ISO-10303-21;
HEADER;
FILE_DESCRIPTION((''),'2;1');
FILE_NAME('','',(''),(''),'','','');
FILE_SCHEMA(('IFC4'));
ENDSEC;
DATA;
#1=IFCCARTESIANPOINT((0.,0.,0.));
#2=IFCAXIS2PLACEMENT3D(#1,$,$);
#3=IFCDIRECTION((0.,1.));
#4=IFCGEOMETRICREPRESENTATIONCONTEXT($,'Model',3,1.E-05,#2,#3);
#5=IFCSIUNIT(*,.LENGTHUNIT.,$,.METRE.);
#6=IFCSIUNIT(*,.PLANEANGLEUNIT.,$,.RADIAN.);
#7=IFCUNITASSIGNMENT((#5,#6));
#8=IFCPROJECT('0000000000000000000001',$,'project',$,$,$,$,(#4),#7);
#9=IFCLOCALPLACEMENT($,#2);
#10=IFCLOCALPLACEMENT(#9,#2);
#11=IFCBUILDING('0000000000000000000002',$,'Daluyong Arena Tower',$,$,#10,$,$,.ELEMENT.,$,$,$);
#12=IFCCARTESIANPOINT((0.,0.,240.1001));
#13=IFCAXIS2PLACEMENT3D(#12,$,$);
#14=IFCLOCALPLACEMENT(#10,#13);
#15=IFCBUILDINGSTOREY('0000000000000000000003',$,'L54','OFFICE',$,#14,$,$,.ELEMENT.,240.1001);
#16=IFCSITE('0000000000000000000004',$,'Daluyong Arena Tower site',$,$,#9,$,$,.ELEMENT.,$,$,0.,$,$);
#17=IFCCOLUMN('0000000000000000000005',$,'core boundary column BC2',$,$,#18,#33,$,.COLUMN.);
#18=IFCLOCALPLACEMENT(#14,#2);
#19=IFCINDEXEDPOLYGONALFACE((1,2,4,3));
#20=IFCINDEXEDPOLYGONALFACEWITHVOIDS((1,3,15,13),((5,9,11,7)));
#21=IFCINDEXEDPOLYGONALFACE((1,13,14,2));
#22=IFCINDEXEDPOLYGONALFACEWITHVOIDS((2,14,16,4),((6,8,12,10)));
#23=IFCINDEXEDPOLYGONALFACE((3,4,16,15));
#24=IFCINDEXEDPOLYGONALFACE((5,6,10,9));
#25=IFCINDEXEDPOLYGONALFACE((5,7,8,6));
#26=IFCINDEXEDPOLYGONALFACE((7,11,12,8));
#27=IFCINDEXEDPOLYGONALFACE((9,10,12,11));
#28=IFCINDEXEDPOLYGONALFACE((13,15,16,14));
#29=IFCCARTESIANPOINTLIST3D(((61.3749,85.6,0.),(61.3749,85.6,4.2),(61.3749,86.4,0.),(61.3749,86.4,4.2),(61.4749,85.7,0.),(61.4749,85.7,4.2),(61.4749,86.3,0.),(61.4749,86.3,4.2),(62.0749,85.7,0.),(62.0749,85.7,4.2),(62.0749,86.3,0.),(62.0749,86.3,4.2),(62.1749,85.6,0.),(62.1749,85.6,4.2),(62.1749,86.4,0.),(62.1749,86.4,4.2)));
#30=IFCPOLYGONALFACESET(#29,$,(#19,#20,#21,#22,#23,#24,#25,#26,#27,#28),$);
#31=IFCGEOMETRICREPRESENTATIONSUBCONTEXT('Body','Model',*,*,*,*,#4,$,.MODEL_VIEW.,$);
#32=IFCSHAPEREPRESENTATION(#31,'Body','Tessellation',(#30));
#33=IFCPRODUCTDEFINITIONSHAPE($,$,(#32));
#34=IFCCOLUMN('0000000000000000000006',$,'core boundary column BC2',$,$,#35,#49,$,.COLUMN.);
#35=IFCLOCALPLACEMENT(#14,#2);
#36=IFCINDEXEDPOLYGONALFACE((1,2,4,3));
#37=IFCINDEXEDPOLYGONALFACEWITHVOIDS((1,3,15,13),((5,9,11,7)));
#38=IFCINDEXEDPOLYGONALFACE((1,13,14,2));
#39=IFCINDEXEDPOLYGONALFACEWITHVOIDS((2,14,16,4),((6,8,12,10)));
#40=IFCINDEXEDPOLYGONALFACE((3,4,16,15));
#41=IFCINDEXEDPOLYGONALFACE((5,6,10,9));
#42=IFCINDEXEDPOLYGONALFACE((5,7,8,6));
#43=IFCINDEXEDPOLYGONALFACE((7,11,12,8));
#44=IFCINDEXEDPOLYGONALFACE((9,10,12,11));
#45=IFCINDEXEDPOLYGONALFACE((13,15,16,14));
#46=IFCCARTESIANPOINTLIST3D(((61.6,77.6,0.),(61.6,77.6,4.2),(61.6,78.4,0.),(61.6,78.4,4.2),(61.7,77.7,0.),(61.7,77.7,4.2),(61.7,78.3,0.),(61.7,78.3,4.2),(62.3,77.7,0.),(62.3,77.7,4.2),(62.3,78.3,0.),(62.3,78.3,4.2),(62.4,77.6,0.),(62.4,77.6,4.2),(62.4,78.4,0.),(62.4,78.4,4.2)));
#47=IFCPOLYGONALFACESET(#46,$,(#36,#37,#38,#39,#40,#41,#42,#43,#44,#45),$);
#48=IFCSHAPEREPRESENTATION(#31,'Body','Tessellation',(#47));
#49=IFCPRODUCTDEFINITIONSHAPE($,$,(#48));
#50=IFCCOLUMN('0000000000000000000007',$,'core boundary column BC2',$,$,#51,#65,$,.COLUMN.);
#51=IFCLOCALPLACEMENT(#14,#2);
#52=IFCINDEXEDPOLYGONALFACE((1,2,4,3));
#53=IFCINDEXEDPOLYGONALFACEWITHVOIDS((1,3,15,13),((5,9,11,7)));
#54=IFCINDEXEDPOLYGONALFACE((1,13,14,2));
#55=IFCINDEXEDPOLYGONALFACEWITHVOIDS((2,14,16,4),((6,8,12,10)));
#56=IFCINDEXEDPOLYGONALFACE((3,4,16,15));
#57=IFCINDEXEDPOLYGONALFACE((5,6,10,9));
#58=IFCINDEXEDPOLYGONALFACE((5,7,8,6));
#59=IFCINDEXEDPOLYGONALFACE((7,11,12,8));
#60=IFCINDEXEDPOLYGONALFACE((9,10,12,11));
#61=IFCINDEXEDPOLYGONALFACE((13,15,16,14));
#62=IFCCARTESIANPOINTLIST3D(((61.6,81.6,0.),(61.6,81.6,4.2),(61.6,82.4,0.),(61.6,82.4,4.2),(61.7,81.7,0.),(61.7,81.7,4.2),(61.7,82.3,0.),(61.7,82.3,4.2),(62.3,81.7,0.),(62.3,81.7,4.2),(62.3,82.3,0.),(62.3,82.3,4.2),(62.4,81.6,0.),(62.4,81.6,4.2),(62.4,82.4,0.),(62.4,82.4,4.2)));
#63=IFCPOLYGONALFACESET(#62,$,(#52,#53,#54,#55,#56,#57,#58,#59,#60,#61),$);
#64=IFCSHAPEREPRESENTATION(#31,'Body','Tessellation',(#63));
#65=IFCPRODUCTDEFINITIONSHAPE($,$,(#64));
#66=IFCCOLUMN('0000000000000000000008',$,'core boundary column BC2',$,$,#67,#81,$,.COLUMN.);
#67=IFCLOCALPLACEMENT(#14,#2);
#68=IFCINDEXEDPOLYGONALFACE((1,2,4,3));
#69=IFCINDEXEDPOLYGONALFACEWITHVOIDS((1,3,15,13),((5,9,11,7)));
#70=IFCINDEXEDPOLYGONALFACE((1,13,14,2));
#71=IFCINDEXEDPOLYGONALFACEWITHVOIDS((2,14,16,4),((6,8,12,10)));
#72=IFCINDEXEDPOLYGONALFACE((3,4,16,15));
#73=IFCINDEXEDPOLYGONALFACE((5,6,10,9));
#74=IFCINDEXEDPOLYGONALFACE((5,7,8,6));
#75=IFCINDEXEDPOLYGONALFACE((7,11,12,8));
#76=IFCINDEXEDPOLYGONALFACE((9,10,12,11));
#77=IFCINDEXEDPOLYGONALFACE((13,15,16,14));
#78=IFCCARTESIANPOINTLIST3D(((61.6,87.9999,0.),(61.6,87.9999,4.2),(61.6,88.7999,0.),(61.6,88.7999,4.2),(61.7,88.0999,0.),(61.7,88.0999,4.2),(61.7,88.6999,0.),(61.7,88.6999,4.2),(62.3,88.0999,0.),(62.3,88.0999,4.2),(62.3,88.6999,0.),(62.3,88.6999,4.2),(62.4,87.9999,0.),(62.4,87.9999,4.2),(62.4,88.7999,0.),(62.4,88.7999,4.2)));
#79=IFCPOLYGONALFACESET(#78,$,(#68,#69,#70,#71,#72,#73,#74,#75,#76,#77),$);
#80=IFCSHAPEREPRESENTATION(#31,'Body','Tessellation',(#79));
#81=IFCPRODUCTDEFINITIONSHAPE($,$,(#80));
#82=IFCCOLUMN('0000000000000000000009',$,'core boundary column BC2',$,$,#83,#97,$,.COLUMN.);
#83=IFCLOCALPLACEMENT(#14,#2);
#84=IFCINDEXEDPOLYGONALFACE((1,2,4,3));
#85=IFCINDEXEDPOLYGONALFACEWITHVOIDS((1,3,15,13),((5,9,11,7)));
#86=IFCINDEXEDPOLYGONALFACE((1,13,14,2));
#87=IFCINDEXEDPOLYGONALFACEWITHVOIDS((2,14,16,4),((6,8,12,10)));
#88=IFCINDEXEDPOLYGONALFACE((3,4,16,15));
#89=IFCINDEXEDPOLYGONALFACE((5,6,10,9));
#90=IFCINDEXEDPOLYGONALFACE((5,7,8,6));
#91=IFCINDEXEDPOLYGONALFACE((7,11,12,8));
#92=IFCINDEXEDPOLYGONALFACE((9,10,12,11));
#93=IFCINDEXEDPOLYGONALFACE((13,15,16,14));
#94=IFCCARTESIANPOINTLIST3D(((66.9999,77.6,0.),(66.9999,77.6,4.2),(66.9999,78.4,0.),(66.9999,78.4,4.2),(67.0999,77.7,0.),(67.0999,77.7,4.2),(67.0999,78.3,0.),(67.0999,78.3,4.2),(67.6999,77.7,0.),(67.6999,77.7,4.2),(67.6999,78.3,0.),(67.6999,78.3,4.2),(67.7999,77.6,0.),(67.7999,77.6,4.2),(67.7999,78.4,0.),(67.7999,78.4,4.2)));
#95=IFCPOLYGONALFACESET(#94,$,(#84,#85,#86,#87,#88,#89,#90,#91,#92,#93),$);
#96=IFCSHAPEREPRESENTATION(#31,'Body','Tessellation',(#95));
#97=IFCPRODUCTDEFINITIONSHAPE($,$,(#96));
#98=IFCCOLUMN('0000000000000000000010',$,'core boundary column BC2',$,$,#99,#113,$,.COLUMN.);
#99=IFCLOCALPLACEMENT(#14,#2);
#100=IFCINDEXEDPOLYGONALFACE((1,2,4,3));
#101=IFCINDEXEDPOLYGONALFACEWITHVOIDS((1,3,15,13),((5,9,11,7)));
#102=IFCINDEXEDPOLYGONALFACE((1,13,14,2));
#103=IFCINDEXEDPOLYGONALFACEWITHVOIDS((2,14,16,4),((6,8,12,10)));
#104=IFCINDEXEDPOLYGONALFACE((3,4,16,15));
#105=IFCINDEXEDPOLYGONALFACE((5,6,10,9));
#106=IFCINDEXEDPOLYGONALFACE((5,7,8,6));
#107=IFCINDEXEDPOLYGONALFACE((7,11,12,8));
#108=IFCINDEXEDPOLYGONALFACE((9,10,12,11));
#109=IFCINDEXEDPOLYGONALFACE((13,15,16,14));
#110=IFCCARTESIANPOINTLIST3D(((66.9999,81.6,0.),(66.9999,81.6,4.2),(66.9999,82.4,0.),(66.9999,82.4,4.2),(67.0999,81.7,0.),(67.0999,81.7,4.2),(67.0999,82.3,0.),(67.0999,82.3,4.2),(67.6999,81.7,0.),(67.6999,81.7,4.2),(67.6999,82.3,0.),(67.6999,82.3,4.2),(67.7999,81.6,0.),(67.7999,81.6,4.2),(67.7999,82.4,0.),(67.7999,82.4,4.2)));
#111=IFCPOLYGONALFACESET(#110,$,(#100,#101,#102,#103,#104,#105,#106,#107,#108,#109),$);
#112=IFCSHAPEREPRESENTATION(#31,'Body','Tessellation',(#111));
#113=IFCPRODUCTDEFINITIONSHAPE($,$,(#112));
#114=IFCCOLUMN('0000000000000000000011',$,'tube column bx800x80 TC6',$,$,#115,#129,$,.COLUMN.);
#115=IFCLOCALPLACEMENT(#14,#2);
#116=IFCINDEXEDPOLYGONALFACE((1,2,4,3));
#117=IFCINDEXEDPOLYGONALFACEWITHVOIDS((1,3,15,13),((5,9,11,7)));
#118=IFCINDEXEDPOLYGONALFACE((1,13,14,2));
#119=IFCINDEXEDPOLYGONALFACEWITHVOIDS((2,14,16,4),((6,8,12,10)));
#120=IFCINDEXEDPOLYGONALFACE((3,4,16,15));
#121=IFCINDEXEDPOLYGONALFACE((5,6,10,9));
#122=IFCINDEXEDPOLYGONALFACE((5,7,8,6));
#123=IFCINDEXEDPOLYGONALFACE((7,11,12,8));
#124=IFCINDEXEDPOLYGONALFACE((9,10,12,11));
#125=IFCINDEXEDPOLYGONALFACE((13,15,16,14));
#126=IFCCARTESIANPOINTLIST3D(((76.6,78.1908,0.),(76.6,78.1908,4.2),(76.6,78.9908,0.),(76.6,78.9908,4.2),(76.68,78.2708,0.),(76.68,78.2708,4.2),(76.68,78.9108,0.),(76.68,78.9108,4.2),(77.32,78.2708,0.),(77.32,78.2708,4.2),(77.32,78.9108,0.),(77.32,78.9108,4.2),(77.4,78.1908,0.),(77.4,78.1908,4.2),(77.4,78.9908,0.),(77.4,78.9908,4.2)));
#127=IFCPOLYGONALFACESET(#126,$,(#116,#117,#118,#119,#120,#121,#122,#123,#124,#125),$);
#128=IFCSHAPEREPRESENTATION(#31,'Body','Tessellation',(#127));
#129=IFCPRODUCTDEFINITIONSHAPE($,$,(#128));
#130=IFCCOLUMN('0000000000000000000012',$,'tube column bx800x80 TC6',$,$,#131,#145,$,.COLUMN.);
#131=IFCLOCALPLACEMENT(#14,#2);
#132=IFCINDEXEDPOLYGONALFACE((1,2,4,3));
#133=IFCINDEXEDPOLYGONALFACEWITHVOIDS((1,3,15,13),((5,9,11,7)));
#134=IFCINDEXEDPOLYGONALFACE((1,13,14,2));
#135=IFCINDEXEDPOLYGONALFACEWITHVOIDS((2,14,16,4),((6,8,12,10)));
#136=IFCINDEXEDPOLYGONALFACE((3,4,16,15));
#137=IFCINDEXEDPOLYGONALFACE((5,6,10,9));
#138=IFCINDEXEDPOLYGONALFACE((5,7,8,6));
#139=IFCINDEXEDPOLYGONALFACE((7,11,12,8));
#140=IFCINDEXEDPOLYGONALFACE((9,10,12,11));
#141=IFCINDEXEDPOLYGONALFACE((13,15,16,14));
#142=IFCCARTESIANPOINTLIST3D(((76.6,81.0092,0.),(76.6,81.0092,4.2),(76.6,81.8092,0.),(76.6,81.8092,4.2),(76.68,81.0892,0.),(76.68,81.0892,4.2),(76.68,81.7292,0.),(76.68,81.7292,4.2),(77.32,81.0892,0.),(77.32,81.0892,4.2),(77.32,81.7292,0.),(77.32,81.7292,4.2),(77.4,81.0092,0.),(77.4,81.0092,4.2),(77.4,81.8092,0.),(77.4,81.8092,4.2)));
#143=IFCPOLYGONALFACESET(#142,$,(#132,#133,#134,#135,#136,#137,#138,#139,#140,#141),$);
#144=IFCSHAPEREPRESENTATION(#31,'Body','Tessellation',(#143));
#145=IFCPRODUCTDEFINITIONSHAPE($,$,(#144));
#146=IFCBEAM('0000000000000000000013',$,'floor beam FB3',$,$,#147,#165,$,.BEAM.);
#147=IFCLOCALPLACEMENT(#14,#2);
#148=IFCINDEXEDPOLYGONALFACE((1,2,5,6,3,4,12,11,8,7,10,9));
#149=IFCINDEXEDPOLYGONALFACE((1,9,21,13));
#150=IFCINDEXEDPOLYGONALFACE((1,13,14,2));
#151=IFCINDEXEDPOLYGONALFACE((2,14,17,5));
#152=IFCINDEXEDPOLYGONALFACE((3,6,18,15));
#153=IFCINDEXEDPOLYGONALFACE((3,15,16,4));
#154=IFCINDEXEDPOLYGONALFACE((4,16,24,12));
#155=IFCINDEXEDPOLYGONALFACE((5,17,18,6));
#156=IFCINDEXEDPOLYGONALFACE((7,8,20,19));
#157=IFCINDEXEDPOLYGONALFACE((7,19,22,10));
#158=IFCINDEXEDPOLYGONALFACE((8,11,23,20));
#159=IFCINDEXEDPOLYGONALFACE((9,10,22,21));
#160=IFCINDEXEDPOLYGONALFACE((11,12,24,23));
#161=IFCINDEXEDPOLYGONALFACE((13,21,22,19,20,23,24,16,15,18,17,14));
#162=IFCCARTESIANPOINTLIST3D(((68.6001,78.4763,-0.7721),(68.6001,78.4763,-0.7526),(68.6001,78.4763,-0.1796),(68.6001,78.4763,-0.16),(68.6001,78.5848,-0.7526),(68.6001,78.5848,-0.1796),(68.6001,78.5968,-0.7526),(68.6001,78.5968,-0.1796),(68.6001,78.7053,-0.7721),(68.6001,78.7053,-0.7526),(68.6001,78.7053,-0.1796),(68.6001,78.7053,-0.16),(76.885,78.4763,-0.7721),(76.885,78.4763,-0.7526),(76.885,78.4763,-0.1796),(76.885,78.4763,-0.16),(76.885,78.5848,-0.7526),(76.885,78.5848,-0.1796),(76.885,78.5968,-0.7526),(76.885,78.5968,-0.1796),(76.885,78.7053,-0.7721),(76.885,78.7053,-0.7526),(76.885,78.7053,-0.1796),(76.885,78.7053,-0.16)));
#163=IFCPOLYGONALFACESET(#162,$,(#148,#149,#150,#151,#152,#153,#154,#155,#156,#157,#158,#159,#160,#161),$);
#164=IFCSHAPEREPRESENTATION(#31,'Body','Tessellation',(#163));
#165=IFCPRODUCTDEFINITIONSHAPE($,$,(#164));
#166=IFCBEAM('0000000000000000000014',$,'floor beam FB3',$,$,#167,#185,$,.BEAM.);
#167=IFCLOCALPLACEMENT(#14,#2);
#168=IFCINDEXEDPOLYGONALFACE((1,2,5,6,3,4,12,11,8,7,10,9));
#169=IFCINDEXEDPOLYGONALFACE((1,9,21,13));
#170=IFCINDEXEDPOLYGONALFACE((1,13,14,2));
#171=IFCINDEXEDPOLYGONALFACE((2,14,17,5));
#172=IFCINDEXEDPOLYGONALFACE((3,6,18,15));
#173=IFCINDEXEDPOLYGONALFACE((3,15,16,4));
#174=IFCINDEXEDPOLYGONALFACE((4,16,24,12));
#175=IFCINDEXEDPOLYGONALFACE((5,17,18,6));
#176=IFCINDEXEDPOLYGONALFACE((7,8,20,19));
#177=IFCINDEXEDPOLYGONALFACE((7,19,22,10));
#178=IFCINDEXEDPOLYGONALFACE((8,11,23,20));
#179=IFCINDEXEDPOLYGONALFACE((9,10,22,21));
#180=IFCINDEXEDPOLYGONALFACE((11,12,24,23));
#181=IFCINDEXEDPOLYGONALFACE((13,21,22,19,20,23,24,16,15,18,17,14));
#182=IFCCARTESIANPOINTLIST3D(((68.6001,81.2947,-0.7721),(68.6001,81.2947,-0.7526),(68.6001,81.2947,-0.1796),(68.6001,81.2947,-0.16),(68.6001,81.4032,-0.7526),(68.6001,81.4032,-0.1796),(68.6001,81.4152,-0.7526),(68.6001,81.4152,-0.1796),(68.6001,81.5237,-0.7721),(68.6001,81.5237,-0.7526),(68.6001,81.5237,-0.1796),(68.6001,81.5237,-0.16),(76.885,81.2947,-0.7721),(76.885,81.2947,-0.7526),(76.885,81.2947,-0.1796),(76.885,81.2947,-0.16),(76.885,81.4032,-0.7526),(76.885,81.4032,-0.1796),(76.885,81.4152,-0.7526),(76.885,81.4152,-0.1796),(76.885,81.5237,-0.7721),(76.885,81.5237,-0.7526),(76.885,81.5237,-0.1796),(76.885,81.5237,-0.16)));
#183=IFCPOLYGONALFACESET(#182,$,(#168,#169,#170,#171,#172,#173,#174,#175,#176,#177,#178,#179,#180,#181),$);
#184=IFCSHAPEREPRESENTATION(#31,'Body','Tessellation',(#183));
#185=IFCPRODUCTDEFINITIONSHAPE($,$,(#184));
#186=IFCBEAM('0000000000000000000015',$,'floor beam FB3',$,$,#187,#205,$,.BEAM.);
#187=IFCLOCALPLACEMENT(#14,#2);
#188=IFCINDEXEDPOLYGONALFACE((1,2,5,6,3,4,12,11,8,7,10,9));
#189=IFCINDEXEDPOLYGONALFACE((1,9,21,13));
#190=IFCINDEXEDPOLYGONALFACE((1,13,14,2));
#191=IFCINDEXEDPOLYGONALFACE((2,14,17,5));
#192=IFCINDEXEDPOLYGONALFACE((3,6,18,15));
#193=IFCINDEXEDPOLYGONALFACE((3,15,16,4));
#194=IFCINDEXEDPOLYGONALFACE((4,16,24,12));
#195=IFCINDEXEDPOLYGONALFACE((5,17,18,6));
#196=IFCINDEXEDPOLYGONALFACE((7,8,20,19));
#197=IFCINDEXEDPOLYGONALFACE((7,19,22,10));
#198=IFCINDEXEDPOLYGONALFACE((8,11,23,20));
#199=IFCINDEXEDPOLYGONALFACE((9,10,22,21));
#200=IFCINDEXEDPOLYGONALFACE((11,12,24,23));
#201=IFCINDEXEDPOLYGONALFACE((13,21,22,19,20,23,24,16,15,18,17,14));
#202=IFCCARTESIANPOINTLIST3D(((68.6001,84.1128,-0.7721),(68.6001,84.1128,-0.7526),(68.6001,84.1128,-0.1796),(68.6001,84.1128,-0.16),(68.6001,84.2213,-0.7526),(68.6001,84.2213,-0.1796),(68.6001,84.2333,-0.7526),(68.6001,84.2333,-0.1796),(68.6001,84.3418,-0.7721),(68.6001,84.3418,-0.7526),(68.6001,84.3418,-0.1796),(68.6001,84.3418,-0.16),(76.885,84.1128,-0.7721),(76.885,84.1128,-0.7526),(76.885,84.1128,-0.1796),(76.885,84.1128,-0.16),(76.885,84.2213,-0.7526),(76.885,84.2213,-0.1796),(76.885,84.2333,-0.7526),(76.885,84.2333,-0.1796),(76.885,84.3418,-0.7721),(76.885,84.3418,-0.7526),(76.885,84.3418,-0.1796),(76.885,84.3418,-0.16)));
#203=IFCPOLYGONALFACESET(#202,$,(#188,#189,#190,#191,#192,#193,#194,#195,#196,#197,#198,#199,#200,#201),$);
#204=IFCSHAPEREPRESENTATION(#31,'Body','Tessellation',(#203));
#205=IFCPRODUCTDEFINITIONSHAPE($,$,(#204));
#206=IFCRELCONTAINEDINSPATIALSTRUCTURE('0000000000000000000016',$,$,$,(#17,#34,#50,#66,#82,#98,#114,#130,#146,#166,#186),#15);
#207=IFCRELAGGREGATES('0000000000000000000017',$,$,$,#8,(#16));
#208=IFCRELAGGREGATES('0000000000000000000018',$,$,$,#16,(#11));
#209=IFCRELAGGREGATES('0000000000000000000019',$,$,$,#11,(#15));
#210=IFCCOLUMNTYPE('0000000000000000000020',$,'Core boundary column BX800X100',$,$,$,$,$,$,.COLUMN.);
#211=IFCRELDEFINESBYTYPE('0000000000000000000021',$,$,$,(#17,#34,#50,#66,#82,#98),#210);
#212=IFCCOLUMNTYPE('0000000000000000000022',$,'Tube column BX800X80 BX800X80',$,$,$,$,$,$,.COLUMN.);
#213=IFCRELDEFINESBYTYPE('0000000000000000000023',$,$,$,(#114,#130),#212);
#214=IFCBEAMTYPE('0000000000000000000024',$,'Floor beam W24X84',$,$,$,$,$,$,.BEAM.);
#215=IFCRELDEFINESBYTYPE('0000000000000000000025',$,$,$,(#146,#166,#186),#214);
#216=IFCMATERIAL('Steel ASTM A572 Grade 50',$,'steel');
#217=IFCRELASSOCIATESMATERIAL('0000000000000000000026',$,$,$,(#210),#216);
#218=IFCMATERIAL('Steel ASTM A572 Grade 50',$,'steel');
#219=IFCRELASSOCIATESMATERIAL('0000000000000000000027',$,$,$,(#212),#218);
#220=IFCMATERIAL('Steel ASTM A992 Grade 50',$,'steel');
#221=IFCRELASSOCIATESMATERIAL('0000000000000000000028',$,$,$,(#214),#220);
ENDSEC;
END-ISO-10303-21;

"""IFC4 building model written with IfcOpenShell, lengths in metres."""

from ifc_helpers import new_model, si_unit, direction, frame, origin, origin_2d, place, context, subcontext, project, spatial, hollow_rectangle, i_section, extrude, material, material_profile, profile_set, type_object, element, save


model = new_model("IFC4")

# Units and contexts
model_context = context("Model", 3, precision=1e-05, world=origin(), true_north=direction((0.0, 1.0)))
body_context = subcontext(model_context, "Body", "Model", "MODEL_VIEW")
ifc_project = project(units=[si_unit("LENGTHUNIT", "METRE"), si_unit("PLANEANGLEUNIT", "RADIAN")], contexts=[model_context])

# Site, building, storey
site_placement = place(None, origin())
site = spatial("IfcSite", under=ifc_project, at=site_placement, Name="Daluyong Arena Tower site", CompositionType="ELEMENT", RefElevation=0.0)
building_placement = place(site_placement, origin())
building = spatial("IfcBuilding", under=site, at=building_placement, Name="Daluyong Arena Tower", CompositionType="ELEMENT")
storey_placement = place(building_placement, frame((0.0, 0.0, 240.1001)))
storey = spatial("IfcBuildingStorey", under=building, at=storey_placement, Name="L54", Description="OFFICE", CompositionType="ELEMENT", Elevation=240.1001)

# Columns
ifc_material_1 = material(Name="Steel ASTM A572 Grade 50", Category="steel")
ifc_material_profile_1 = material_profile(ifc_material_1, hollow_rectangle(XDim=0.8, YDim=0.8, WallThickness=0.1, at=origin_2d()))
ifc_profile_set_1 = profile_set([ifc_material_profile_1], Name="Steel ASTM A572 Grade 50")
column_type_1 = type_object("IfcColumnType", Name="Core boundary column BX800X100", PredefinedType="COLUMN", material=ifc_profile_set_1)
for number, where, z_axis, x_axis, name in (
    (1, (61.7749, 86.0, 0.0), (0.0, 0.0, 1.0), (1.0, 0.0, 0.0), "core boundary column BC2"),
    (2, (62.0, 78.0, 0.0), (0.0, 0.0, 1.0), (1.0, 0.0, 0.0), "core boundary column BC2"),
    (3, (62.0, 82.0, 0.0), (0.0, 0.0, 1.0), (1.0, 0.0, 0.0), "core boundary column BC2"),
    (4, (62.0, 88.3999, 0.0), (0.0, 0.0, 1.0), (1.0, 0.0, 0.0), "core boundary column BC2"),
    (5, (67.3999, 78.0, 0.0), (0.0, 0.0, 1.0), (1.0, 0.0, 0.0), "core boundary column BC2"),
    (6, (67.3999, 82.0, 0.0), (0.0, 0.0, 1.0), (1.0, 0.0, 0.0), "core boundary column BC2"),
):
    element("IfcColumn", number, at=place(storey_placement, frame(where, z_axis=z_axis, x_axis=x_axis)), inside=storey, type_object=column_type_1, Name=name, PredefinedType="COLUMN", context=body_context, shape_type="SweptSolid", body=[
        extrude(hollow_rectangle(XDim=0.8, YDim=0.8, WallThickness=0.1, at=origin_2d()), origin(), (0.0, 0.0, 1.0), 4.2),
    ])
ifc_material_2 = material(Name="Steel ASTM A572 Grade 50", Category="steel")
ifc_material_profile_2 = material_profile(ifc_material_2, hollow_rectangle(XDim=0.8, YDim=0.8, WallThickness=0.08, at=origin_2d()))
ifc_profile_set_2 = profile_set([ifc_material_profile_2], Name="Steel ASTM A572 Grade 50")
column_type_2 = type_object("IfcColumnType", Name="Tube column BX800X80 BX800X80", PredefinedType="COLUMN", material=ifc_profile_set_2)
for number, where, z_axis, x_axis, name in (
    (7, (77.0, 78.5908, 0.0), (0.0, 0.0, 1.0), (0.0, 1.0, 0.0), "tube column bx800x80 TC6"),
    (8, (77.0, 81.4092, 0.0), (0.0, 0.0, 1.0), (0.0, 1.0, 0.0), "tube column bx800x80 TC6"),
):
    element("IfcColumn", number, at=place(storey_placement, frame(where, z_axis=z_axis, x_axis=x_axis)), inside=storey, type_object=column_type_2, Name=name, PredefinedType="COLUMN", context=body_context, shape_type="SweptSolid", body=[
        extrude(hollow_rectangle(XDim=0.8, YDim=0.8, WallThickness=0.08, at=origin_2d()), origin(), (0.0, 0.0, 1.0), 4.2),
    ])

# Beams
ifc_material_3 = material(Name="Steel ASTM A992 Grade 50", Category="steel")
ifc_material_profile_3 = material_profile(ifc_material_3, i_section(OverallWidth=0.229, OverallDepth=0.6121, WebThickness=0.012, FlangeThickness=0.0195, at=origin_2d()))
ifc_profile_set_3 = profile_set([ifc_material_profile_3], Name="Steel ASTM A992 Grade 50")
beam_type_1 = type_object("IfcBeamType", Name="Floor beam W24X84", PredefinedType="BEAM", material=ifc_profile_set_3)
for number, where, z_axis, x_axis, name in (
    (9, (76.885, 78.5908, -0.4661), (-1.0, 0.0, 0.0), (0.0, -1.0, 0.0), "floor beam FB3"),
    (10, (76.885, 81.4092, -0.4661), (-1.0, 0.0, 0.0), (0.0, -1.0, 0.0), "floor beam FB3"),
    (11, (76.885, 84.2273, -0.4661), (-1.0, 0.0, 0.0), (0.0, -1.0, 0.0), "floor beam FB3"),
):
    element("IfcBeam", number, at=place(storey_placement, frame(where, z_axis=z_axis, x_axis=x_axis)), inside=storey, type_object=beam_type_1, Name=name, PredefinedType="BEAM", context=body_context, shape_type="SweptSolid", body=[
        extrude(i_section(OverallWidth=0.229, OverallDepth=0.6121, WebThickness=0.012, FlangeThickness=0.0195, at=origin_2d()), origin(), (0.0, 0.0, 1.0), 8.2849),
    ])

save(model, "model.ifc")
